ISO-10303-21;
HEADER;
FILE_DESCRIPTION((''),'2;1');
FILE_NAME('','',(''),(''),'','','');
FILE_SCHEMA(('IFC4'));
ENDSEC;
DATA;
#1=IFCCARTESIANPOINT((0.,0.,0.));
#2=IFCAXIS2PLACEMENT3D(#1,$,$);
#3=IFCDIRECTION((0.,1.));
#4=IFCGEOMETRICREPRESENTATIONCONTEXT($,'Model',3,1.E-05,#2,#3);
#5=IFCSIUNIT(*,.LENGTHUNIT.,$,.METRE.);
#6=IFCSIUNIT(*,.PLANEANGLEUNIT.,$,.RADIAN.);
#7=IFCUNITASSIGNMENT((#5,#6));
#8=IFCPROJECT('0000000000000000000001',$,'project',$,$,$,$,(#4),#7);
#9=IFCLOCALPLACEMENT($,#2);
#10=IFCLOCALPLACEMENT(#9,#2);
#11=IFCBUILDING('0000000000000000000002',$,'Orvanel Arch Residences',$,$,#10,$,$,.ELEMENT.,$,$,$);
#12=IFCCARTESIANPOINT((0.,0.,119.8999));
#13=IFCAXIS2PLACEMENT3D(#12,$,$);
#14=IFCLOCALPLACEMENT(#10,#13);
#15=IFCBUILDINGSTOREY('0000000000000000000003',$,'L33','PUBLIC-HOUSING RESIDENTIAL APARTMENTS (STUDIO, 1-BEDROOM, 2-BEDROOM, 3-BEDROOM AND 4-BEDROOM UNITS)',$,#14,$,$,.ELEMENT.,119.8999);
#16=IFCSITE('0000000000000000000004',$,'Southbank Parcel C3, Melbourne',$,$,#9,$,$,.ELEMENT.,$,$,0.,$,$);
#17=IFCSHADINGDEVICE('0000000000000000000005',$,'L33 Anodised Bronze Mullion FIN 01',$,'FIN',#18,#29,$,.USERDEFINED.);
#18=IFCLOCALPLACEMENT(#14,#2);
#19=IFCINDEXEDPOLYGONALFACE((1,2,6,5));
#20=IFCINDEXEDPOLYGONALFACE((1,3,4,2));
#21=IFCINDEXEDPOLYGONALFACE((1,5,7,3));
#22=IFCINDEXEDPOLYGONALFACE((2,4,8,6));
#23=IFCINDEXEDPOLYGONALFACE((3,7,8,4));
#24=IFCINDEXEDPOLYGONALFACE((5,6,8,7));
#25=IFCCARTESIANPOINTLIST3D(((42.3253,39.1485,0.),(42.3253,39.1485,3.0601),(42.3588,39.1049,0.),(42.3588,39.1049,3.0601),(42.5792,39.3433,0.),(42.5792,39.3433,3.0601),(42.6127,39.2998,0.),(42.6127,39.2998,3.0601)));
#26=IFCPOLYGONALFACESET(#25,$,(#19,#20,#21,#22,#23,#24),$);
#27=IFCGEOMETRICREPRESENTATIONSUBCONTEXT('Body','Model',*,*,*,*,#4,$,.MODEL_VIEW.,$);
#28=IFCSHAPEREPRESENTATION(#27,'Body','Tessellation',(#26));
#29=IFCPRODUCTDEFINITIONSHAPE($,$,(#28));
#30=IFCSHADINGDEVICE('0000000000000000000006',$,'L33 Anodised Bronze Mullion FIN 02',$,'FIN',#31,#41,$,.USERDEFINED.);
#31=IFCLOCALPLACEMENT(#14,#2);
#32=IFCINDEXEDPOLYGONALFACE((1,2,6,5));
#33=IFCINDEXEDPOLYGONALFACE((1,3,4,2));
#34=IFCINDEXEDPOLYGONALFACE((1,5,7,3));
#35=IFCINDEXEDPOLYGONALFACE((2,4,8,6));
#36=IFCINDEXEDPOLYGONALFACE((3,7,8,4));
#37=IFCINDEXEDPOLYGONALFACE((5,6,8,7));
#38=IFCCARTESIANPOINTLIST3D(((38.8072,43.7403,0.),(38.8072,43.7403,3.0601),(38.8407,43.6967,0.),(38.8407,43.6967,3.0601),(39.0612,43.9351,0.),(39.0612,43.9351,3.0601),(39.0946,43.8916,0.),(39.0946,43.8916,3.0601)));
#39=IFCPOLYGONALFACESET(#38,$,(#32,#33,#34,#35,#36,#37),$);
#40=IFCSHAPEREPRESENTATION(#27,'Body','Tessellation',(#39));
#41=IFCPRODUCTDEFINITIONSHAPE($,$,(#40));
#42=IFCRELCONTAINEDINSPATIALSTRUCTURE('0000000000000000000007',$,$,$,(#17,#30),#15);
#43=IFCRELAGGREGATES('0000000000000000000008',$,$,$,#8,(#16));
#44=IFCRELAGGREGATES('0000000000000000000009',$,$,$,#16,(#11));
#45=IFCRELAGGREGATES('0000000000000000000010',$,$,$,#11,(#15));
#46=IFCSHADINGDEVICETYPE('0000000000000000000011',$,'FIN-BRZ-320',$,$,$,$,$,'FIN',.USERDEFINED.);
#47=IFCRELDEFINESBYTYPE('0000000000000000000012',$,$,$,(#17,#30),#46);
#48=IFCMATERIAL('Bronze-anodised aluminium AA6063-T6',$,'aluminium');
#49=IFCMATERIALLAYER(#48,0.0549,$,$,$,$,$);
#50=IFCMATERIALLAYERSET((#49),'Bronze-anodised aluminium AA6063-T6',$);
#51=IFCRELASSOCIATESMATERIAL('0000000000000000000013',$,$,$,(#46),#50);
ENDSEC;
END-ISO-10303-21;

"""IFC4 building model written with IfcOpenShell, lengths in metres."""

from ifc_helpers import new_model, si_unit, direction, frame, origin, origin_2d, place, context, subcontext, project, spatial, rectangle, extrude, material, layer, layer_set, type_object, element, save


model = new_model("IFC4")

# Units and contexts
model_context = context("Model", 3, precision=1e-05, world=origin(), true_north=direction((0.0, 1.0)))
body_context = subcontext(model_context, "Body", "Model", "MODEL_VIEW")
ifc_project = project(units=[si_unit("LENGTHUNIT", "METRE"), si_unit("PLANEANGLEUNIT", "RADIAN")], contexts=[model_context])

# Site, building, storey
site_placement = place(None, origin())
site = spatial("IfcSite", under=ifc_project, at=site_placement, Name="Southbank Parcel C3, Melbourne", CompositionType="ELEMENT", RefElevation=0.0)
building_placement = place(site_placement, origin())
building = spatial("IfcBuilding", under=site, at=building_placement, Name="Orvanel Arch Residences", CompositionType="ELEMENT")
storey_placement = place(building_placement, frame((0.0, 0.0, 119.8999)))
storey = spatial("IfcBuildingStorey", under=building, at=storey_placement, Name="L33", Description="PUBLIC-HOUSING RESIDENTIAL APARTMENTS (STUDIO, 1-BEDROOM, 2-BEDROOM, 3-BEDROOM AND 4-BEDROOM UNITS)", CompositionType="ELEMENT", Elevation=119.8999)

# Shared definitions
ifc_material_1 = material(Name="Bronze-anodised aluminium AA6063-T6", Category="aluminium")

# Shading devices
ifc_layer_1 = layer(ifc_material_1, 0.0549)
ifc_layer_set_1 = layer_set([ifc_layer_1], Name="Bronze-anodised aluminium AA6063-T6")
shading_device_type = type_object("IfcShadingDeviceType", Name="FIN-BRZ-320", ElementType="FIN", PredefinedType="USERDEFINED", material=ifc_layer_set_1)
for number, where, z_axis, x_axis, name in (
    (1, (42.469, 39.2241, 0.0), (0.0, 0.0, 1.0), (0.793353, 0.608761, 0.0), "L33 Anodised Bronze Mullion FIN 01"),
    (2, (38.9509, 43.8159, 0.0), (0.0, 0.0, 1.0), (0.793353, 0.608761, 0.0), "L33 Anodised Bronze Mullion FIN 02"),
):
    element("IfcShadingDevice", number, at=place(storey_placement, frame(where, z_axis=z_axis, x_axis=x_axis)), inside=storey, type_object=shading_device_type, Name=name, ObjectType="FIN", PredefinedType="USERDEFINED", context=body_context, shape_type="SweptSolid", body=[
        extrude(rectangle(XDim=0.3201, YDim=0.0549, at=origin_2d()), origin(), (0.0, 0.0, 1.0), 3.0601),
    ])

save(model, "model.ifc")
